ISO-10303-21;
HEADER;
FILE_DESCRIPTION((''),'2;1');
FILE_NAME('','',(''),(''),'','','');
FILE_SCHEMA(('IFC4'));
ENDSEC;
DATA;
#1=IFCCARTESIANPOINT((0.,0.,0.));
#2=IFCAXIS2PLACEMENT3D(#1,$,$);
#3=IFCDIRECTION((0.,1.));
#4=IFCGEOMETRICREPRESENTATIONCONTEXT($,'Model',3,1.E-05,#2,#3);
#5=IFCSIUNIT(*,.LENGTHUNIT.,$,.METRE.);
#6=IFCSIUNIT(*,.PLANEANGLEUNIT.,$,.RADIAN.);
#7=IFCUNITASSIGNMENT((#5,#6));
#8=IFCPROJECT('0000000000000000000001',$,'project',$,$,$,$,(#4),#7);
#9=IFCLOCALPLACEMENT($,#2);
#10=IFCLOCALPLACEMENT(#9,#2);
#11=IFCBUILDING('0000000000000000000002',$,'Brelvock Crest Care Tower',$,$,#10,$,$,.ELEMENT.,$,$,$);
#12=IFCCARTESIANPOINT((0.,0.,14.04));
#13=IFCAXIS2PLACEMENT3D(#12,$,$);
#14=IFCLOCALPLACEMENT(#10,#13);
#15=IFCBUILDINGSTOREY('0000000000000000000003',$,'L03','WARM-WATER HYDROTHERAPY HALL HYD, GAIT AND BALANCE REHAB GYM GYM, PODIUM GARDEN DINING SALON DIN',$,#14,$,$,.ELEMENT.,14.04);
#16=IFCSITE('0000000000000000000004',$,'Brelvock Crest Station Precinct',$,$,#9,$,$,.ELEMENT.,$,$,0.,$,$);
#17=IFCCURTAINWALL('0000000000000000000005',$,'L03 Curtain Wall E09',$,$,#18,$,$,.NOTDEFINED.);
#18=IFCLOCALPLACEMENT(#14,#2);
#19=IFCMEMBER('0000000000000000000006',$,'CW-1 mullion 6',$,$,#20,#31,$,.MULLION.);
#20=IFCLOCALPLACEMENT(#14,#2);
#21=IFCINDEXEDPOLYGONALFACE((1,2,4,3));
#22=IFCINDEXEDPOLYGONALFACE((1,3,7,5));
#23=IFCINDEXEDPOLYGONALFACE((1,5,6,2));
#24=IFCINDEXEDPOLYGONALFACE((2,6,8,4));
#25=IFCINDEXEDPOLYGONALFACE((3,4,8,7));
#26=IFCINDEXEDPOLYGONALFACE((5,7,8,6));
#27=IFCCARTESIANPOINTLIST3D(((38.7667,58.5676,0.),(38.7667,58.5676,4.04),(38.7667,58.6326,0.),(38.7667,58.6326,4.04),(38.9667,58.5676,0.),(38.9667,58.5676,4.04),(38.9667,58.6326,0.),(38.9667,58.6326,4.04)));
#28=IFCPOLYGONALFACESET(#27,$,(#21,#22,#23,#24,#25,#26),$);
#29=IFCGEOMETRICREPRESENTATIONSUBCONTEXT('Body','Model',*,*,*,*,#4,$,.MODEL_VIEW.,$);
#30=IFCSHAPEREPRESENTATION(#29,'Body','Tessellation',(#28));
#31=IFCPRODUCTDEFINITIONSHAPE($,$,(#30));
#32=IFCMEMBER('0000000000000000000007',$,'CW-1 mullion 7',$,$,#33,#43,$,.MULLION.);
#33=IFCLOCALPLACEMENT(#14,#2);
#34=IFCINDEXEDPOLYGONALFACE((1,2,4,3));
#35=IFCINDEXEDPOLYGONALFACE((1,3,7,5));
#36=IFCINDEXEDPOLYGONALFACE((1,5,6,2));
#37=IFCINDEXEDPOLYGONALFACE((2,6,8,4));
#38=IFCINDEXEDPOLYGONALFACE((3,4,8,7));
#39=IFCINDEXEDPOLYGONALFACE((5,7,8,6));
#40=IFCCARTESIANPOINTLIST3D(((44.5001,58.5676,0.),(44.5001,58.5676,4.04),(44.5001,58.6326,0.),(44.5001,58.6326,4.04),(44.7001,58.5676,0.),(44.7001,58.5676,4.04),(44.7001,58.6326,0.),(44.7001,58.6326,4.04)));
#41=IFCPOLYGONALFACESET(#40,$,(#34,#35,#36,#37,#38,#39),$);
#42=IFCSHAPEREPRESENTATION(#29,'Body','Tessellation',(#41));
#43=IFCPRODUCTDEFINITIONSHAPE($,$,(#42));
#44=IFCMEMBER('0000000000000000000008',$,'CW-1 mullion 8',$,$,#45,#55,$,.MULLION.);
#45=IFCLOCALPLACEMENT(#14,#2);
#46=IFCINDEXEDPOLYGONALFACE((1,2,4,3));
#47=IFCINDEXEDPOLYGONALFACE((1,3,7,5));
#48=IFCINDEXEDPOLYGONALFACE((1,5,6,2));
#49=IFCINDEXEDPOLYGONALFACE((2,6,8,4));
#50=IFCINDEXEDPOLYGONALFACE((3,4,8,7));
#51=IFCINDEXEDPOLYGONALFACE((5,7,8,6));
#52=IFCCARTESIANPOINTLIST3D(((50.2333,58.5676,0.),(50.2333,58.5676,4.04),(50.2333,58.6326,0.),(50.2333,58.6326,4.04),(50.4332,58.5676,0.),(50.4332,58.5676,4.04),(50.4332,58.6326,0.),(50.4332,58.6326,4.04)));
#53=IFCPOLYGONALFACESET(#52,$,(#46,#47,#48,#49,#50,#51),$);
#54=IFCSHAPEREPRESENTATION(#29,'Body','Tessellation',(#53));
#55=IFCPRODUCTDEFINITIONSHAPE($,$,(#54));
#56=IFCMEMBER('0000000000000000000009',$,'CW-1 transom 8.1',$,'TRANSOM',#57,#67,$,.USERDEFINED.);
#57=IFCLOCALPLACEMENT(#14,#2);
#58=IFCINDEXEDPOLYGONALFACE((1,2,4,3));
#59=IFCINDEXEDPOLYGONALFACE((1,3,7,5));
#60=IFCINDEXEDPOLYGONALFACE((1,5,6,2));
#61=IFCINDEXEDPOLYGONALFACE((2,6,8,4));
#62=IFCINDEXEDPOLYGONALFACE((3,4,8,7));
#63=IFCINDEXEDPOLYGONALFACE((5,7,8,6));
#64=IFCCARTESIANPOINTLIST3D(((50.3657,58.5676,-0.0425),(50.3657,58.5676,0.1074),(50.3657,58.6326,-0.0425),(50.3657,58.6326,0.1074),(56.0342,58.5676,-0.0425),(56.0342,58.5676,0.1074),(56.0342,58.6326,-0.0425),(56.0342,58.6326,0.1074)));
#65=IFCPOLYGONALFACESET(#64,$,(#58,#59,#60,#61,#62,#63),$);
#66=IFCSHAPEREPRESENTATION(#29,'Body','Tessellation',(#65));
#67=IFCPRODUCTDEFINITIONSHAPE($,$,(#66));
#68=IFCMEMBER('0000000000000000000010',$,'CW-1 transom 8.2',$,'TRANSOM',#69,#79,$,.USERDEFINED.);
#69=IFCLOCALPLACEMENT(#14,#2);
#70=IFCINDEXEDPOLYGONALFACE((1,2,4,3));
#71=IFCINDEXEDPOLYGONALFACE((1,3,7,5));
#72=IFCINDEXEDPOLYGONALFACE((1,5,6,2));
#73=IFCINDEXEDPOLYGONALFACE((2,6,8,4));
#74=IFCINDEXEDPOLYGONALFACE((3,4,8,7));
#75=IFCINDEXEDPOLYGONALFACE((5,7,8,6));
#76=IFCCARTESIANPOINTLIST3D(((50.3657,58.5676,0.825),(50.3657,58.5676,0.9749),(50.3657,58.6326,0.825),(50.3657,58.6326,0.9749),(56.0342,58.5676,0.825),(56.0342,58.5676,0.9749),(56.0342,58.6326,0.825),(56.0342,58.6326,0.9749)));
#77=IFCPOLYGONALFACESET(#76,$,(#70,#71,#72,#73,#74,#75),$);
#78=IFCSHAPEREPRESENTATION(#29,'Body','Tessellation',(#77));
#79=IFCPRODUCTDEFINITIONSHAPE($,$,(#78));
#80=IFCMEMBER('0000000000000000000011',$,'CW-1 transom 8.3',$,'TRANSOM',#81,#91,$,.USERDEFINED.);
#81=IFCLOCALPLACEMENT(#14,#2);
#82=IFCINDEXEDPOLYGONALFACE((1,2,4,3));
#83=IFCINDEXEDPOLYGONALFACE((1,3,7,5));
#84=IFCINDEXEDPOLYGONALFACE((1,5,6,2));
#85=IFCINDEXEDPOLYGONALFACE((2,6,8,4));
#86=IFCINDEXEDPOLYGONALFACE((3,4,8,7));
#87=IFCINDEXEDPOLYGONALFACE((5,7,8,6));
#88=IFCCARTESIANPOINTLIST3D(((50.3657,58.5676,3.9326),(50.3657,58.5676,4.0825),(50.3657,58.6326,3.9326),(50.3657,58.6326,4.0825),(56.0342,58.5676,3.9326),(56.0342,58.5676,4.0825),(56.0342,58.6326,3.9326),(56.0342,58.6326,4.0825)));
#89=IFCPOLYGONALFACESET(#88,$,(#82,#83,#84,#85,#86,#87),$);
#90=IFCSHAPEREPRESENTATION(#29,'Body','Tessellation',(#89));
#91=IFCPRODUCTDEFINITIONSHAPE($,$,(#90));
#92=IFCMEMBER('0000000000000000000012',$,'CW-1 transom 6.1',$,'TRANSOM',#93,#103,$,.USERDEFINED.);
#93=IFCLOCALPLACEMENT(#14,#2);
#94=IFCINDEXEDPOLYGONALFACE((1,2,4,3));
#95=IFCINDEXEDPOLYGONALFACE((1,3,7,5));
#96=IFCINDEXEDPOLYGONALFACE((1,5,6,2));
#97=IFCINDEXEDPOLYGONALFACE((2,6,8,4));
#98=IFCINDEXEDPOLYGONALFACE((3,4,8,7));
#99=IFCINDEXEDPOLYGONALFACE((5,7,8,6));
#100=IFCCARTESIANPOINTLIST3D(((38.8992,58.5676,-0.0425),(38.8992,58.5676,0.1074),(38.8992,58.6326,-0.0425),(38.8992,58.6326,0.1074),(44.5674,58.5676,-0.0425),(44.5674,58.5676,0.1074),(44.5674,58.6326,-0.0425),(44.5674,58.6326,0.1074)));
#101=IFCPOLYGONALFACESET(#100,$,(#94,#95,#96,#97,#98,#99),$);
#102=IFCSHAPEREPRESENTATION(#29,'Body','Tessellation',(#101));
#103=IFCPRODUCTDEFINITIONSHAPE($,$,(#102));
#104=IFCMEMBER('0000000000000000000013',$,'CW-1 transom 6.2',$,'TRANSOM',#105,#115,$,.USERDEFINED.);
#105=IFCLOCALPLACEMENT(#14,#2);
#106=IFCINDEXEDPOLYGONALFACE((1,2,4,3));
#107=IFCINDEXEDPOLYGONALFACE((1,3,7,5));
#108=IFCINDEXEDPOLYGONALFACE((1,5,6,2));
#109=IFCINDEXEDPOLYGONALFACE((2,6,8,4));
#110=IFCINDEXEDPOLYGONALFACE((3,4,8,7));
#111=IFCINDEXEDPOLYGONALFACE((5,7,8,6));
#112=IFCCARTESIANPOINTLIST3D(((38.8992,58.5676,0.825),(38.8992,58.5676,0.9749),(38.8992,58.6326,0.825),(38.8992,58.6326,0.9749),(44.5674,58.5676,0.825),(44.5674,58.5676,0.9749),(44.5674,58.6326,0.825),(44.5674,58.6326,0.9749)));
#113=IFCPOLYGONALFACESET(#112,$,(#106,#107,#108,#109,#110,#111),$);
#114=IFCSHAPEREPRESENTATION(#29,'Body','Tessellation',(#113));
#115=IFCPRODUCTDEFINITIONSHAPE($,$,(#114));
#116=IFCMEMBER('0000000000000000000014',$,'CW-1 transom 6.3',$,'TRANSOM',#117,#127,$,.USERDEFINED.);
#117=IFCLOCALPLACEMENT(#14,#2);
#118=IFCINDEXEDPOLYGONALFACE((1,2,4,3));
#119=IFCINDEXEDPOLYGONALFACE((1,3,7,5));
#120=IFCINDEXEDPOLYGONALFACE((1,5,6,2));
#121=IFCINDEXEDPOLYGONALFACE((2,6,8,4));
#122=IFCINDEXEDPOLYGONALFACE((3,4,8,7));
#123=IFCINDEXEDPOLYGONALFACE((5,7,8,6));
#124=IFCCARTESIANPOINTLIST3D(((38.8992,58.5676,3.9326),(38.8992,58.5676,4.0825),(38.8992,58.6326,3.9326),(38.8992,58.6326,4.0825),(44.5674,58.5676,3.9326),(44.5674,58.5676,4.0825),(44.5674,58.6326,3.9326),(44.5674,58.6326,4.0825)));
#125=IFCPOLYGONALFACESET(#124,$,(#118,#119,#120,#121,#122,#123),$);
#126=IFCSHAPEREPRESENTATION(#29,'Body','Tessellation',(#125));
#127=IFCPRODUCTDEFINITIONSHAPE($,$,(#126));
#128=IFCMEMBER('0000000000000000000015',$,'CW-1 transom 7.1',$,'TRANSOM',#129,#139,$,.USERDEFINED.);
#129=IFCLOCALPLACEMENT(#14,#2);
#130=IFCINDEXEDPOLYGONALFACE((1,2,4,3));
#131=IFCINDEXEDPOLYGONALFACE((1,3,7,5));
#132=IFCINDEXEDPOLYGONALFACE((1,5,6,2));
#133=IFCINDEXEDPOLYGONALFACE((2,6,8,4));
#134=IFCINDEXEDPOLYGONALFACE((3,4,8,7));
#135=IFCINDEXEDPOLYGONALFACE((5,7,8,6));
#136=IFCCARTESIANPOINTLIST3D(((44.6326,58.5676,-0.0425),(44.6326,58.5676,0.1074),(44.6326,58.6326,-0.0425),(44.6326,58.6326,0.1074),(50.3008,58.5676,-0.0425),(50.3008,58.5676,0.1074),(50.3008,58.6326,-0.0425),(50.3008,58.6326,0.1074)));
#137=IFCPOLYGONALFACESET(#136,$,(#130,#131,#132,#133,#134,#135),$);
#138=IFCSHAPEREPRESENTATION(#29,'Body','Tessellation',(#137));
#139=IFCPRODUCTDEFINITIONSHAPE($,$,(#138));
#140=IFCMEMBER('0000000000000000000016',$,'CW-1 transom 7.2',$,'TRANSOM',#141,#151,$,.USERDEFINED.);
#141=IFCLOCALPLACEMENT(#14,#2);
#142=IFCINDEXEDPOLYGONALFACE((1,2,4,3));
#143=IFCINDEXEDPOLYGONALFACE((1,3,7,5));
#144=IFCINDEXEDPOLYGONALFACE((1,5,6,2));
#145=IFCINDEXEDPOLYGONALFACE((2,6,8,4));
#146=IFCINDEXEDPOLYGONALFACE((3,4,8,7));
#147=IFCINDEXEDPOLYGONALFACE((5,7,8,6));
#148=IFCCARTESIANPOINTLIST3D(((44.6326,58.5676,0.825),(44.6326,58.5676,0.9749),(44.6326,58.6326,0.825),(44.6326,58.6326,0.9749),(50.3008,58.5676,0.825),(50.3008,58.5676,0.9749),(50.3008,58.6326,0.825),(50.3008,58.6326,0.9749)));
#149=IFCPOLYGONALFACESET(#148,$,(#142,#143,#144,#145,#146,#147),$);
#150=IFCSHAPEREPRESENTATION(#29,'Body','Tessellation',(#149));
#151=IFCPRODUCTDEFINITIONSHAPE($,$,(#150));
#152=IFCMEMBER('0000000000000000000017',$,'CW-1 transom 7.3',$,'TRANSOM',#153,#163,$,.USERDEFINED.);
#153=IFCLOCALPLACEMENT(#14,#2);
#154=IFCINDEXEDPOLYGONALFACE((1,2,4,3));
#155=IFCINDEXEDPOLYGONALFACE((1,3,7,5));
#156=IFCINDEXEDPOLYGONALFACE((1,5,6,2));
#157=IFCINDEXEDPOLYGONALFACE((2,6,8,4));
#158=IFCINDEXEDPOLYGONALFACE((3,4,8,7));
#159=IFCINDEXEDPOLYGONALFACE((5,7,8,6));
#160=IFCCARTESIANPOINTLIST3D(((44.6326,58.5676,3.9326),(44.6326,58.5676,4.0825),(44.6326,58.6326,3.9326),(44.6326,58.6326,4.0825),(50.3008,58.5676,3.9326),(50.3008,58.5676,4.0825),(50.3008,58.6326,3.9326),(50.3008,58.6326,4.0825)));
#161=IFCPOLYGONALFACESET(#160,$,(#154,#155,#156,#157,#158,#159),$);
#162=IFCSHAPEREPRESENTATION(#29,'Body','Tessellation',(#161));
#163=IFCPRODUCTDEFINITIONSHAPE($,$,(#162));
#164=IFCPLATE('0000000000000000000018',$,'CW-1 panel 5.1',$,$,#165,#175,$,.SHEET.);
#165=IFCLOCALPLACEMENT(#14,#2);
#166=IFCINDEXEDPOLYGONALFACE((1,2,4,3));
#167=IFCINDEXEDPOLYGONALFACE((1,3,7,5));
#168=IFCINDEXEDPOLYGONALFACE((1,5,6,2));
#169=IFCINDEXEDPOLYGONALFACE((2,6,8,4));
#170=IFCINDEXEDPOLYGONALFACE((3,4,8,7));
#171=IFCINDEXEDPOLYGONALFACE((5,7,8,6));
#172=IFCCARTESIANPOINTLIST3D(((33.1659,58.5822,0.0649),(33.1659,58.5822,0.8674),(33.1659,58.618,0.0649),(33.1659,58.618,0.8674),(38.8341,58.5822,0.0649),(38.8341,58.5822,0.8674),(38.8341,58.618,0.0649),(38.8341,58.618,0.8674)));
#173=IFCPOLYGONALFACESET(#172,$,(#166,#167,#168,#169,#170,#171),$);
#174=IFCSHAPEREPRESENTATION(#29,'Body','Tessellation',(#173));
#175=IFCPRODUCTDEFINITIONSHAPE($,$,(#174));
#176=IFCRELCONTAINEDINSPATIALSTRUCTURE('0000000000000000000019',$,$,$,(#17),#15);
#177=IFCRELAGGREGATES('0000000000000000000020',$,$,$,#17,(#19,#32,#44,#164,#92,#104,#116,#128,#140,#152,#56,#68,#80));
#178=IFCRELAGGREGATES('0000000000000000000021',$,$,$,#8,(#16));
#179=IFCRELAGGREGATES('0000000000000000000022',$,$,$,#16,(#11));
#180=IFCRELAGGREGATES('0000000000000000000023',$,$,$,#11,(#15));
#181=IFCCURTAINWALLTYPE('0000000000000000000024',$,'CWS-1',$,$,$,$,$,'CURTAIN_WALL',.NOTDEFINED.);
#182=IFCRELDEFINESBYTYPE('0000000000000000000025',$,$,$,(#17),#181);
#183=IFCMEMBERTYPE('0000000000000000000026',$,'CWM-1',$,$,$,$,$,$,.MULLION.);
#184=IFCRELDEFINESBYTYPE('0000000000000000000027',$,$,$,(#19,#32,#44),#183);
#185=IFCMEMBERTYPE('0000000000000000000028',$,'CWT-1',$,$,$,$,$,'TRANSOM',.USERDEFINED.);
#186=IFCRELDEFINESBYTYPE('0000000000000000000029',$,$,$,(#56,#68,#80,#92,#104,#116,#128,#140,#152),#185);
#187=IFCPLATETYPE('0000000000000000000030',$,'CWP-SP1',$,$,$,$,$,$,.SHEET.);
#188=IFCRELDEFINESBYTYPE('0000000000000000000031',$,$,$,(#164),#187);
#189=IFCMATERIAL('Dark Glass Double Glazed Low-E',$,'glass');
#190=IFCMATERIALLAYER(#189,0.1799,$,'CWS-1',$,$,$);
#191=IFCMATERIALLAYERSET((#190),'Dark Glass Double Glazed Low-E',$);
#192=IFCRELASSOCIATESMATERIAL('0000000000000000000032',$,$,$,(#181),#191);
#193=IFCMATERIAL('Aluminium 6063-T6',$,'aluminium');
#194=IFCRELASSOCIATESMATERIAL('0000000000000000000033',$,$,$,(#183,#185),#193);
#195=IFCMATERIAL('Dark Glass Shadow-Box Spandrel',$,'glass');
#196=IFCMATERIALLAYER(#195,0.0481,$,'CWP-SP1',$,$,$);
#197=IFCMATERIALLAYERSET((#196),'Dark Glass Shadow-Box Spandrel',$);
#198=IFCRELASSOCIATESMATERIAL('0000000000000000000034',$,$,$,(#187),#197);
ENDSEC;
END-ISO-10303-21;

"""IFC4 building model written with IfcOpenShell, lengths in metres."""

from ifc_helpers import new_model, si_unit, direction, frame, origin, origin_2d, place, context, subcontext, project, spatial, rectangle, extrude, source, transform, mapped, material, layer, layer_set, material_profile, profile_set, type_object, element, aggregate, save


model = new_model("IFC4")

# Units and contexts
model_context = context("Model", 3, precision=1e-05, world=origin(), true_north=direction((0.0, 1.0)))
body_context = subcontext(model_context, "Body", "Model", "MODEL_VIEW")
ifc_project = project(units=[si_unit("LENGTHUNIT", "METRE"), si_unit("PLANEANGLEUNIT", "RADIAN")], contexts=[model_context])

# Site, building, storey
site_placement = place(None, origin())
site = spatial("IfcSite", under=ifc_project, at=site_placement, Name="Brelvock Crest Station Precinct", CompositionType="ELEMENT", RefElevation=0.0)
building_placement = place(site_placement, origin())
building = spatial("IfcBuilding", under=site, at=building_placement, Name="Brelvock Crest Care Tower", CompositionType="ELEMENT")
storey_placement = place(building_placement, frame((0.0, 0.0, 14.04)))
storey = spatial("IfcBuildingStorey", under=building, at=storey_placement, Name="L03", Description="WARM-WATER HYDROTHERAPY HALL HYD, GAIT AND BALANCE REHAB GYM GYM, PODIUM GARDEN DINING SALON DIN", CompositionType="ELEMENT", Elevation=14.04)

# Curtain wall, members, plate
ifc_material_1 = material(Name="Dark Glass Double Glazed Low-E", Category="glass")
ifc_layer_1 = layer(ifc_material_1, 0.1799, Name="CWS-1")
ifc_layer_set_1 = layer_set([ifc_layer_1], Name="Dark Glass Double Glazed Low-E")
curtain_wall_type = type_object("IfcCurtainWallType", Name="CWS-1", ElementType="CURTAIN_WALL", PredefinedType="NOTDEFINED", material=ifc_layer_set_1)
curtain_wall_placement = place(storey_placement, origin())
curtain_wall = element("IfcCurtainWall", 1, at=curtain_wall_placement, inside=storey, type_object=curtain_wall_type, Name="L03 Curtain Wall E09", PredefinedType="NOTDEFINED")
ifc_material_2 = material(Name="Aluminium 6063-T6", Category="aluminium")
ifc_material_profile_1 = material_profile(ifc_material_2, rectangle(XDim=0.0649, YDim=0.2, at=origin_2d()), Name="ALU65x200")
ifc_profile_set_1 = profile_set([ifc_material_profile_1], Name="Aluminium 6063-T6")
member_type_1 = type_object("IfcMemberType", Name="CWM-1", PredefinedType="MULLION", material=ifc_profile_set_1)
shared_shape_1 = source(origin(), body_context, "Body", "SweptSolid", [
    extrude(rectangle(XDim=0.0649, YDim=0.2, at=origin_2d()), origin(), (0.0, 0.0, 1.0), 4.04),
])
member_1_placement = place(storey_placement, frame((38.8667, 58.6001, 0.0), z_axis=(0.0, 0.0, 1.0), x_axis=(0.0, 1.0, 0.0)))
member_1 = element("IfcMember", 2, at=member_1_placement, type_object=member_type_1, Name="CW-1 mullion 6", PredefinedType="MULLION", context=body_context, shape_type="MappedRepresentation", body=[
    mapped(shared_shape_1, transform((0.0, 0.0, 0.0), x_axis=(1.0, 0.0, 0.0), y_axis=(0.0, 1.0, 0.0), z_axis=(0.0, 0.0, 1.0), scale=1.0)),
])
member_2_placement = place(storey_placement, frame((44.6001, 58.6001, 0.0), z_axis=(0.0, 0.0, 1.0), x_axis=(0.0, 1.0, 0.0)))
member_2 = element("IfcMember", 3, at=member_2_placement, type_object=member_type_1, Name="CW-1 mullion 7", PredefinedType="MULLION", context=body_context, shape_type="MappedRepresentation", body=[
    mapped(shared_shape_1, transform((0.0, 0.0, 0.0), x_axis=(1.0, 0.0, 0.0), y_axis=(0.0, 1.0, 0.0), z_axis=(0.0, 0.0, 1.0), scale=1.0)),
])
member_3_placement = place(storey_placement, frame((50.3333, 58.6001, 0.0), z_axis=(0.0, 0.0, 1.0), x_axis=(0.0, 1.0, 0.0)))
member_3 = element("IfcMember", 4, at=member_3_placement, type_object=member_type_1, Name="CW-1 mullion 8", PredefinedType="MULLION", context=body_context, shape_type="MappedRepresentation", body=[
    mapped(shared_shape_1, transform((0.0, 0.0, 0.0), x_axis=(1.0, 0.0, 0.0), y_axis=(0.0, 1.0, 0.0), z_axis=(0.0, 0.0, 1.0), scale=1.0)),
])
ifc_material_profile_2 = material_profile(ifc_material_2, rectangle(XDim=0.0649, YDim=0.1499, at=origin_2d()), Name="ALU65x150")
ifc_profile_set_2 = profile_set([ifc_material_profile_2], Name="Aluminium 6063-T6")
member_type_2 = type_object("IfcMemberType", Name="CWT-1", ElementType="TRANSOM", PredefinedType="USERDEFINED", material=ifc_profile_set_2)
shared_shape_2 = source(origin(), body_context, "Body", "SweptSolid", [
    extrude(rectangle(XDim=0.0649, YDim=0.1499, at=origin_2d()), origin(), (0.0, 0.0, 1.0), 5.6685),
])
member_4_placement = place(storey_placement, frame((50.3657, 58.6001, 0.0325), z_axis=(1.0, 0.0, 0.0), x_axis=(0.0, 1.0, 0.0)))
member_4 = element("IfcMember", 5, at=member_4_placement, type_object=member_type_2, Name="CW-1 transom 8.1", ObjectType="TRANSOM", PredefinedType="USERDEFINED", context=body_context, shape_type="MappedRepresentation", body=[
    mapped(shared_shape_2, transform((0.0, 0.0, 0.0), x_axis=(1.0, 0.0, 0.0), y_axis=(0.0, 1.0, 0.0), z_axis=(0.0, 0.0, 1.0), scale=1.0)),
])
member_5_placement = place(storey_placement, frame((50.3657, 58.6001, 0.8999), z_axis=(1.0, 0.0, 0.0), x_axis=(0.0, 1.0, 0.0)))
member_5 = element("IfcMember", 6, at=member_5_placement, type_object=member_type_2, Name="CW-1 transom 8.2", ObjectType="TRANSOM", PredefinedType="USERDEFINED", context=body_context, shape_type="MappedRepresentation", body=[
    mapped(shared_shape_2, transform((0.0, 0.0, 0.0), x_axis=(1.0, 0.0, 0.0), y_axis=(0.0, 1.0, 0.0), z_axis=(0.0, 0.0, 1.0), scale=1.0)),
])
member_6_placement = place(storey_placement, frame((50.3657, 58.6001, 4.0076), z_axis=(1.0, 0.0, 0.0), x_axis=(0.0, 1.0, 0.0)))
member_6 = element("IfcMember", 7, at=member_6_placement, type_object=member_type_2, Name="CW-1 transom 8.3", ObjectType="TRANSOM", PredefinedType="USERDEFINED", context=body_context, shape_type="MappedRepresentation", body=[
    mapped(shared_shape_2, transform((0.0, 0.0, 0.0), x_axis=(1.0, 0.0, 0.0), y_axis=(0.0, 1.0, 0.0), z_axis=(0.0, 0.0, 1.0), scale=1.0)),
])
shared_shape_3 = source(origin(), body_context, "Body", "SweptSolid", [
    extrude(rectangle(XDim=0.0649, YDim=0.1499, at=origin_2d()), origin(), (0.0, 0.0, 1.0), 5.6682),
])
member_7_placement = place(storey_placement, frame((38.8992, 58.6001, 0.0325), z_axis=(1.0, 0.0, 0.0), x_axis=(0.0, 1.0, 0.0)))
member_7 = element("IfcMember", 8, at=member_7_placement, type_object=member_type_2, Name="CW-1 transom 6.1", ObjectType="TRANSOM", PredefinedType="USERDEFINED", context=body_context, shape_type="MappedRepresentation", body=[
    mapped(shared_shape_3, transform((0.0, 0.0, 0.0), x_axis=(1.0, 0.0, 0.0), y_axis=(0.0, 1.0, 0.0), z_axis=(0.0, 0.0, 1.0), scale=1.0)),
])
member_8_placement = place(storey_placement, frame((38.8992, 58.6001, 0.8999), z_axis=(1.0, 0.0, 0.0), x_axis=(0.0, 1.0, 0.0)))
member_8 = element("IfcMember", 9, at=member_8_placement, type_object=member_type_2, Name="CW-1 transom 6.2", ObjectType="TRANSOM", PredefinedType="USERDEFINED", context=body_context, shape_type="MappedRepresentation", body=[
    mapped(shared_shape_3, transform((0.0, 0.0, 0.0), x_axis=(1.0, 0.0, 0.0), y_axis=(0.0, 1.0, 0.0), z_axis=(0.0, 0.0, 1.0), scale=1.0)),
])
member_9_placement = place(storey_placement, frame((38.8992, 58.6001, 4.0076), z_axis=(1.0, 0.0, 0.0), x_axis=(0.0, 1.0, 0.0)))
member_9 = element("IfcMember", 10, at=member_9_placement, type_object=member_type_2, Name="CW-1 transom 6.3", ObjectType="TRANSOM", PredefinedType="USERDEFINED", context=body_context, shape_type="MappedRepresentation", body=[
    mapped(shared_shape_3, transform((0.0, 0.0, 0.0), x_axis=(1.0, 0.0, 0.0), y_axis=(0.0, 1.0, 0.0), z_axis=(0.0, 0.0, 1.0), scale=1.0)),
])
member_10_placement = place(storey_placement, frame((44.6326, 58.6001, 0.0325), z_axis=(1.0, 0.0, 0.0), x_axis=(0.0, 1.0, 0.0)))
member_10 = element("IfcMember", 11, at=member_10_placement, type_object=member_type_2, Name="CW-1 transom 7.1", ObjectType="TRANSOM", PredefinedType="USERDEFINED", context=body_context, shape_type="MappedRepresentation", body=[
    mapped(shared_shape_3, transform((0.0, 0.0, 0.0), x_axis=(1.0, 0.0, 0.0), y_axis=(0.0, 1.0, 0.0), z_axis=(0.0, 0.0, 1.0), scale=1.0)),
])
member_11_placement = place(storey_placement, frame((44.6326, 58.6001, 0.8999), z_axis=(1.0, 0.0, 0.0), x_axis=(0.0, 1.0, 0.0)))
member_11 = element("IfcMember", 12, at=member_11_placement, type_object=member_type_2, Name="CW-1 transom 7.2", ObjectType="TRANSOM", PredefinedType="USERDEFINED", context=body_context, shape_type="MappedRepresentation", body=[
    mapped(shared_shape_3, transform((0.0, 0.0, 0.0), x_axis=(1.0, 0.0, 0.0), y_axis=(0.0, 1.0, 0.0), z_axis=(0.0, 0.0, 1.0), scale=1.0)),
])
member_12_placement = place(storey_placement, frame((44.6326, 58.6001, 4.0076), z_axis=(1.0, 0.0, 0.0), x_axis=(0.0, 1.0, 0.0)))
member_12 = element("IfcMember", 13, at=member_12_placement, type_object=member_type_2, Name="CW-1 transom 7.3", ObjectType="TRANSOM", PredefinedType="USERDEFINED", context=body_context, shape_type="MappedRepresentation", body=[
    mapped(shared_shape_3, transform((0.0, 0.0, 0.0), x_axis=(1.0, 0.0, 0.0), y_axis=(0.0, 1.0, 0.0), z_axis=(0.0, 0.0, 1.0), scale=1.0)),
])
ifc_material_3 = material(Name="Dark Glass Shadow-Box Spandrel", Category="glass")
ifc_layer_2 = layer(ifc_material_3, 0.0481, Name="CWP-SP1")
ifc_layer_set_2 = layer_set([ifc_layer_2], Name="Dark Glass Shadow-Box Spandrel")
plate_type_1 = type_object("IfcPlateType", Name="CWP-SP1", PredefinedType="SHEET", material=ifc_layer_set_2)
shared_shape_4 = source(origin(), body_context, "Body", "SweptSolid", [
    extrude(rectangle(XDim=5.6682, YDim=0.0359, at=origin_2d()), origin(), (0.0, 0.0, 1.0), 0.8025),
])
plate_1_placement = place(storey_placement, frame((36.0, 58.6001, 0.0649), z_axis=(0.0, 0.0, 1.0), x_axis=(1.0, 0.0, 0.0)))
plate_1 = element("IfcPlate", 14, at=plate_1_placement, type_object=plate_type_1, Name="CW-1 panel 5.1", PredefinedType="SHEET", context=body_context, shape_type="MappedRepresentation", body=[
    mapped(shared_shape_4, transform((0.0, 0.0, 0.0), x_axis=(1.0, 0.0, 0.0), y_axis=(0.0, 1.0, 0.0), z_axis=(0.0, 0.0, 1.0), scale=1.0)),
])
aggregate(curtain_wall, [member_1, member_2, member_3, plate_1, member_7, member_8, member_9, member_10, member_11, member_12, member_4, member_5, member_6])

save(model, "model.ifc")
